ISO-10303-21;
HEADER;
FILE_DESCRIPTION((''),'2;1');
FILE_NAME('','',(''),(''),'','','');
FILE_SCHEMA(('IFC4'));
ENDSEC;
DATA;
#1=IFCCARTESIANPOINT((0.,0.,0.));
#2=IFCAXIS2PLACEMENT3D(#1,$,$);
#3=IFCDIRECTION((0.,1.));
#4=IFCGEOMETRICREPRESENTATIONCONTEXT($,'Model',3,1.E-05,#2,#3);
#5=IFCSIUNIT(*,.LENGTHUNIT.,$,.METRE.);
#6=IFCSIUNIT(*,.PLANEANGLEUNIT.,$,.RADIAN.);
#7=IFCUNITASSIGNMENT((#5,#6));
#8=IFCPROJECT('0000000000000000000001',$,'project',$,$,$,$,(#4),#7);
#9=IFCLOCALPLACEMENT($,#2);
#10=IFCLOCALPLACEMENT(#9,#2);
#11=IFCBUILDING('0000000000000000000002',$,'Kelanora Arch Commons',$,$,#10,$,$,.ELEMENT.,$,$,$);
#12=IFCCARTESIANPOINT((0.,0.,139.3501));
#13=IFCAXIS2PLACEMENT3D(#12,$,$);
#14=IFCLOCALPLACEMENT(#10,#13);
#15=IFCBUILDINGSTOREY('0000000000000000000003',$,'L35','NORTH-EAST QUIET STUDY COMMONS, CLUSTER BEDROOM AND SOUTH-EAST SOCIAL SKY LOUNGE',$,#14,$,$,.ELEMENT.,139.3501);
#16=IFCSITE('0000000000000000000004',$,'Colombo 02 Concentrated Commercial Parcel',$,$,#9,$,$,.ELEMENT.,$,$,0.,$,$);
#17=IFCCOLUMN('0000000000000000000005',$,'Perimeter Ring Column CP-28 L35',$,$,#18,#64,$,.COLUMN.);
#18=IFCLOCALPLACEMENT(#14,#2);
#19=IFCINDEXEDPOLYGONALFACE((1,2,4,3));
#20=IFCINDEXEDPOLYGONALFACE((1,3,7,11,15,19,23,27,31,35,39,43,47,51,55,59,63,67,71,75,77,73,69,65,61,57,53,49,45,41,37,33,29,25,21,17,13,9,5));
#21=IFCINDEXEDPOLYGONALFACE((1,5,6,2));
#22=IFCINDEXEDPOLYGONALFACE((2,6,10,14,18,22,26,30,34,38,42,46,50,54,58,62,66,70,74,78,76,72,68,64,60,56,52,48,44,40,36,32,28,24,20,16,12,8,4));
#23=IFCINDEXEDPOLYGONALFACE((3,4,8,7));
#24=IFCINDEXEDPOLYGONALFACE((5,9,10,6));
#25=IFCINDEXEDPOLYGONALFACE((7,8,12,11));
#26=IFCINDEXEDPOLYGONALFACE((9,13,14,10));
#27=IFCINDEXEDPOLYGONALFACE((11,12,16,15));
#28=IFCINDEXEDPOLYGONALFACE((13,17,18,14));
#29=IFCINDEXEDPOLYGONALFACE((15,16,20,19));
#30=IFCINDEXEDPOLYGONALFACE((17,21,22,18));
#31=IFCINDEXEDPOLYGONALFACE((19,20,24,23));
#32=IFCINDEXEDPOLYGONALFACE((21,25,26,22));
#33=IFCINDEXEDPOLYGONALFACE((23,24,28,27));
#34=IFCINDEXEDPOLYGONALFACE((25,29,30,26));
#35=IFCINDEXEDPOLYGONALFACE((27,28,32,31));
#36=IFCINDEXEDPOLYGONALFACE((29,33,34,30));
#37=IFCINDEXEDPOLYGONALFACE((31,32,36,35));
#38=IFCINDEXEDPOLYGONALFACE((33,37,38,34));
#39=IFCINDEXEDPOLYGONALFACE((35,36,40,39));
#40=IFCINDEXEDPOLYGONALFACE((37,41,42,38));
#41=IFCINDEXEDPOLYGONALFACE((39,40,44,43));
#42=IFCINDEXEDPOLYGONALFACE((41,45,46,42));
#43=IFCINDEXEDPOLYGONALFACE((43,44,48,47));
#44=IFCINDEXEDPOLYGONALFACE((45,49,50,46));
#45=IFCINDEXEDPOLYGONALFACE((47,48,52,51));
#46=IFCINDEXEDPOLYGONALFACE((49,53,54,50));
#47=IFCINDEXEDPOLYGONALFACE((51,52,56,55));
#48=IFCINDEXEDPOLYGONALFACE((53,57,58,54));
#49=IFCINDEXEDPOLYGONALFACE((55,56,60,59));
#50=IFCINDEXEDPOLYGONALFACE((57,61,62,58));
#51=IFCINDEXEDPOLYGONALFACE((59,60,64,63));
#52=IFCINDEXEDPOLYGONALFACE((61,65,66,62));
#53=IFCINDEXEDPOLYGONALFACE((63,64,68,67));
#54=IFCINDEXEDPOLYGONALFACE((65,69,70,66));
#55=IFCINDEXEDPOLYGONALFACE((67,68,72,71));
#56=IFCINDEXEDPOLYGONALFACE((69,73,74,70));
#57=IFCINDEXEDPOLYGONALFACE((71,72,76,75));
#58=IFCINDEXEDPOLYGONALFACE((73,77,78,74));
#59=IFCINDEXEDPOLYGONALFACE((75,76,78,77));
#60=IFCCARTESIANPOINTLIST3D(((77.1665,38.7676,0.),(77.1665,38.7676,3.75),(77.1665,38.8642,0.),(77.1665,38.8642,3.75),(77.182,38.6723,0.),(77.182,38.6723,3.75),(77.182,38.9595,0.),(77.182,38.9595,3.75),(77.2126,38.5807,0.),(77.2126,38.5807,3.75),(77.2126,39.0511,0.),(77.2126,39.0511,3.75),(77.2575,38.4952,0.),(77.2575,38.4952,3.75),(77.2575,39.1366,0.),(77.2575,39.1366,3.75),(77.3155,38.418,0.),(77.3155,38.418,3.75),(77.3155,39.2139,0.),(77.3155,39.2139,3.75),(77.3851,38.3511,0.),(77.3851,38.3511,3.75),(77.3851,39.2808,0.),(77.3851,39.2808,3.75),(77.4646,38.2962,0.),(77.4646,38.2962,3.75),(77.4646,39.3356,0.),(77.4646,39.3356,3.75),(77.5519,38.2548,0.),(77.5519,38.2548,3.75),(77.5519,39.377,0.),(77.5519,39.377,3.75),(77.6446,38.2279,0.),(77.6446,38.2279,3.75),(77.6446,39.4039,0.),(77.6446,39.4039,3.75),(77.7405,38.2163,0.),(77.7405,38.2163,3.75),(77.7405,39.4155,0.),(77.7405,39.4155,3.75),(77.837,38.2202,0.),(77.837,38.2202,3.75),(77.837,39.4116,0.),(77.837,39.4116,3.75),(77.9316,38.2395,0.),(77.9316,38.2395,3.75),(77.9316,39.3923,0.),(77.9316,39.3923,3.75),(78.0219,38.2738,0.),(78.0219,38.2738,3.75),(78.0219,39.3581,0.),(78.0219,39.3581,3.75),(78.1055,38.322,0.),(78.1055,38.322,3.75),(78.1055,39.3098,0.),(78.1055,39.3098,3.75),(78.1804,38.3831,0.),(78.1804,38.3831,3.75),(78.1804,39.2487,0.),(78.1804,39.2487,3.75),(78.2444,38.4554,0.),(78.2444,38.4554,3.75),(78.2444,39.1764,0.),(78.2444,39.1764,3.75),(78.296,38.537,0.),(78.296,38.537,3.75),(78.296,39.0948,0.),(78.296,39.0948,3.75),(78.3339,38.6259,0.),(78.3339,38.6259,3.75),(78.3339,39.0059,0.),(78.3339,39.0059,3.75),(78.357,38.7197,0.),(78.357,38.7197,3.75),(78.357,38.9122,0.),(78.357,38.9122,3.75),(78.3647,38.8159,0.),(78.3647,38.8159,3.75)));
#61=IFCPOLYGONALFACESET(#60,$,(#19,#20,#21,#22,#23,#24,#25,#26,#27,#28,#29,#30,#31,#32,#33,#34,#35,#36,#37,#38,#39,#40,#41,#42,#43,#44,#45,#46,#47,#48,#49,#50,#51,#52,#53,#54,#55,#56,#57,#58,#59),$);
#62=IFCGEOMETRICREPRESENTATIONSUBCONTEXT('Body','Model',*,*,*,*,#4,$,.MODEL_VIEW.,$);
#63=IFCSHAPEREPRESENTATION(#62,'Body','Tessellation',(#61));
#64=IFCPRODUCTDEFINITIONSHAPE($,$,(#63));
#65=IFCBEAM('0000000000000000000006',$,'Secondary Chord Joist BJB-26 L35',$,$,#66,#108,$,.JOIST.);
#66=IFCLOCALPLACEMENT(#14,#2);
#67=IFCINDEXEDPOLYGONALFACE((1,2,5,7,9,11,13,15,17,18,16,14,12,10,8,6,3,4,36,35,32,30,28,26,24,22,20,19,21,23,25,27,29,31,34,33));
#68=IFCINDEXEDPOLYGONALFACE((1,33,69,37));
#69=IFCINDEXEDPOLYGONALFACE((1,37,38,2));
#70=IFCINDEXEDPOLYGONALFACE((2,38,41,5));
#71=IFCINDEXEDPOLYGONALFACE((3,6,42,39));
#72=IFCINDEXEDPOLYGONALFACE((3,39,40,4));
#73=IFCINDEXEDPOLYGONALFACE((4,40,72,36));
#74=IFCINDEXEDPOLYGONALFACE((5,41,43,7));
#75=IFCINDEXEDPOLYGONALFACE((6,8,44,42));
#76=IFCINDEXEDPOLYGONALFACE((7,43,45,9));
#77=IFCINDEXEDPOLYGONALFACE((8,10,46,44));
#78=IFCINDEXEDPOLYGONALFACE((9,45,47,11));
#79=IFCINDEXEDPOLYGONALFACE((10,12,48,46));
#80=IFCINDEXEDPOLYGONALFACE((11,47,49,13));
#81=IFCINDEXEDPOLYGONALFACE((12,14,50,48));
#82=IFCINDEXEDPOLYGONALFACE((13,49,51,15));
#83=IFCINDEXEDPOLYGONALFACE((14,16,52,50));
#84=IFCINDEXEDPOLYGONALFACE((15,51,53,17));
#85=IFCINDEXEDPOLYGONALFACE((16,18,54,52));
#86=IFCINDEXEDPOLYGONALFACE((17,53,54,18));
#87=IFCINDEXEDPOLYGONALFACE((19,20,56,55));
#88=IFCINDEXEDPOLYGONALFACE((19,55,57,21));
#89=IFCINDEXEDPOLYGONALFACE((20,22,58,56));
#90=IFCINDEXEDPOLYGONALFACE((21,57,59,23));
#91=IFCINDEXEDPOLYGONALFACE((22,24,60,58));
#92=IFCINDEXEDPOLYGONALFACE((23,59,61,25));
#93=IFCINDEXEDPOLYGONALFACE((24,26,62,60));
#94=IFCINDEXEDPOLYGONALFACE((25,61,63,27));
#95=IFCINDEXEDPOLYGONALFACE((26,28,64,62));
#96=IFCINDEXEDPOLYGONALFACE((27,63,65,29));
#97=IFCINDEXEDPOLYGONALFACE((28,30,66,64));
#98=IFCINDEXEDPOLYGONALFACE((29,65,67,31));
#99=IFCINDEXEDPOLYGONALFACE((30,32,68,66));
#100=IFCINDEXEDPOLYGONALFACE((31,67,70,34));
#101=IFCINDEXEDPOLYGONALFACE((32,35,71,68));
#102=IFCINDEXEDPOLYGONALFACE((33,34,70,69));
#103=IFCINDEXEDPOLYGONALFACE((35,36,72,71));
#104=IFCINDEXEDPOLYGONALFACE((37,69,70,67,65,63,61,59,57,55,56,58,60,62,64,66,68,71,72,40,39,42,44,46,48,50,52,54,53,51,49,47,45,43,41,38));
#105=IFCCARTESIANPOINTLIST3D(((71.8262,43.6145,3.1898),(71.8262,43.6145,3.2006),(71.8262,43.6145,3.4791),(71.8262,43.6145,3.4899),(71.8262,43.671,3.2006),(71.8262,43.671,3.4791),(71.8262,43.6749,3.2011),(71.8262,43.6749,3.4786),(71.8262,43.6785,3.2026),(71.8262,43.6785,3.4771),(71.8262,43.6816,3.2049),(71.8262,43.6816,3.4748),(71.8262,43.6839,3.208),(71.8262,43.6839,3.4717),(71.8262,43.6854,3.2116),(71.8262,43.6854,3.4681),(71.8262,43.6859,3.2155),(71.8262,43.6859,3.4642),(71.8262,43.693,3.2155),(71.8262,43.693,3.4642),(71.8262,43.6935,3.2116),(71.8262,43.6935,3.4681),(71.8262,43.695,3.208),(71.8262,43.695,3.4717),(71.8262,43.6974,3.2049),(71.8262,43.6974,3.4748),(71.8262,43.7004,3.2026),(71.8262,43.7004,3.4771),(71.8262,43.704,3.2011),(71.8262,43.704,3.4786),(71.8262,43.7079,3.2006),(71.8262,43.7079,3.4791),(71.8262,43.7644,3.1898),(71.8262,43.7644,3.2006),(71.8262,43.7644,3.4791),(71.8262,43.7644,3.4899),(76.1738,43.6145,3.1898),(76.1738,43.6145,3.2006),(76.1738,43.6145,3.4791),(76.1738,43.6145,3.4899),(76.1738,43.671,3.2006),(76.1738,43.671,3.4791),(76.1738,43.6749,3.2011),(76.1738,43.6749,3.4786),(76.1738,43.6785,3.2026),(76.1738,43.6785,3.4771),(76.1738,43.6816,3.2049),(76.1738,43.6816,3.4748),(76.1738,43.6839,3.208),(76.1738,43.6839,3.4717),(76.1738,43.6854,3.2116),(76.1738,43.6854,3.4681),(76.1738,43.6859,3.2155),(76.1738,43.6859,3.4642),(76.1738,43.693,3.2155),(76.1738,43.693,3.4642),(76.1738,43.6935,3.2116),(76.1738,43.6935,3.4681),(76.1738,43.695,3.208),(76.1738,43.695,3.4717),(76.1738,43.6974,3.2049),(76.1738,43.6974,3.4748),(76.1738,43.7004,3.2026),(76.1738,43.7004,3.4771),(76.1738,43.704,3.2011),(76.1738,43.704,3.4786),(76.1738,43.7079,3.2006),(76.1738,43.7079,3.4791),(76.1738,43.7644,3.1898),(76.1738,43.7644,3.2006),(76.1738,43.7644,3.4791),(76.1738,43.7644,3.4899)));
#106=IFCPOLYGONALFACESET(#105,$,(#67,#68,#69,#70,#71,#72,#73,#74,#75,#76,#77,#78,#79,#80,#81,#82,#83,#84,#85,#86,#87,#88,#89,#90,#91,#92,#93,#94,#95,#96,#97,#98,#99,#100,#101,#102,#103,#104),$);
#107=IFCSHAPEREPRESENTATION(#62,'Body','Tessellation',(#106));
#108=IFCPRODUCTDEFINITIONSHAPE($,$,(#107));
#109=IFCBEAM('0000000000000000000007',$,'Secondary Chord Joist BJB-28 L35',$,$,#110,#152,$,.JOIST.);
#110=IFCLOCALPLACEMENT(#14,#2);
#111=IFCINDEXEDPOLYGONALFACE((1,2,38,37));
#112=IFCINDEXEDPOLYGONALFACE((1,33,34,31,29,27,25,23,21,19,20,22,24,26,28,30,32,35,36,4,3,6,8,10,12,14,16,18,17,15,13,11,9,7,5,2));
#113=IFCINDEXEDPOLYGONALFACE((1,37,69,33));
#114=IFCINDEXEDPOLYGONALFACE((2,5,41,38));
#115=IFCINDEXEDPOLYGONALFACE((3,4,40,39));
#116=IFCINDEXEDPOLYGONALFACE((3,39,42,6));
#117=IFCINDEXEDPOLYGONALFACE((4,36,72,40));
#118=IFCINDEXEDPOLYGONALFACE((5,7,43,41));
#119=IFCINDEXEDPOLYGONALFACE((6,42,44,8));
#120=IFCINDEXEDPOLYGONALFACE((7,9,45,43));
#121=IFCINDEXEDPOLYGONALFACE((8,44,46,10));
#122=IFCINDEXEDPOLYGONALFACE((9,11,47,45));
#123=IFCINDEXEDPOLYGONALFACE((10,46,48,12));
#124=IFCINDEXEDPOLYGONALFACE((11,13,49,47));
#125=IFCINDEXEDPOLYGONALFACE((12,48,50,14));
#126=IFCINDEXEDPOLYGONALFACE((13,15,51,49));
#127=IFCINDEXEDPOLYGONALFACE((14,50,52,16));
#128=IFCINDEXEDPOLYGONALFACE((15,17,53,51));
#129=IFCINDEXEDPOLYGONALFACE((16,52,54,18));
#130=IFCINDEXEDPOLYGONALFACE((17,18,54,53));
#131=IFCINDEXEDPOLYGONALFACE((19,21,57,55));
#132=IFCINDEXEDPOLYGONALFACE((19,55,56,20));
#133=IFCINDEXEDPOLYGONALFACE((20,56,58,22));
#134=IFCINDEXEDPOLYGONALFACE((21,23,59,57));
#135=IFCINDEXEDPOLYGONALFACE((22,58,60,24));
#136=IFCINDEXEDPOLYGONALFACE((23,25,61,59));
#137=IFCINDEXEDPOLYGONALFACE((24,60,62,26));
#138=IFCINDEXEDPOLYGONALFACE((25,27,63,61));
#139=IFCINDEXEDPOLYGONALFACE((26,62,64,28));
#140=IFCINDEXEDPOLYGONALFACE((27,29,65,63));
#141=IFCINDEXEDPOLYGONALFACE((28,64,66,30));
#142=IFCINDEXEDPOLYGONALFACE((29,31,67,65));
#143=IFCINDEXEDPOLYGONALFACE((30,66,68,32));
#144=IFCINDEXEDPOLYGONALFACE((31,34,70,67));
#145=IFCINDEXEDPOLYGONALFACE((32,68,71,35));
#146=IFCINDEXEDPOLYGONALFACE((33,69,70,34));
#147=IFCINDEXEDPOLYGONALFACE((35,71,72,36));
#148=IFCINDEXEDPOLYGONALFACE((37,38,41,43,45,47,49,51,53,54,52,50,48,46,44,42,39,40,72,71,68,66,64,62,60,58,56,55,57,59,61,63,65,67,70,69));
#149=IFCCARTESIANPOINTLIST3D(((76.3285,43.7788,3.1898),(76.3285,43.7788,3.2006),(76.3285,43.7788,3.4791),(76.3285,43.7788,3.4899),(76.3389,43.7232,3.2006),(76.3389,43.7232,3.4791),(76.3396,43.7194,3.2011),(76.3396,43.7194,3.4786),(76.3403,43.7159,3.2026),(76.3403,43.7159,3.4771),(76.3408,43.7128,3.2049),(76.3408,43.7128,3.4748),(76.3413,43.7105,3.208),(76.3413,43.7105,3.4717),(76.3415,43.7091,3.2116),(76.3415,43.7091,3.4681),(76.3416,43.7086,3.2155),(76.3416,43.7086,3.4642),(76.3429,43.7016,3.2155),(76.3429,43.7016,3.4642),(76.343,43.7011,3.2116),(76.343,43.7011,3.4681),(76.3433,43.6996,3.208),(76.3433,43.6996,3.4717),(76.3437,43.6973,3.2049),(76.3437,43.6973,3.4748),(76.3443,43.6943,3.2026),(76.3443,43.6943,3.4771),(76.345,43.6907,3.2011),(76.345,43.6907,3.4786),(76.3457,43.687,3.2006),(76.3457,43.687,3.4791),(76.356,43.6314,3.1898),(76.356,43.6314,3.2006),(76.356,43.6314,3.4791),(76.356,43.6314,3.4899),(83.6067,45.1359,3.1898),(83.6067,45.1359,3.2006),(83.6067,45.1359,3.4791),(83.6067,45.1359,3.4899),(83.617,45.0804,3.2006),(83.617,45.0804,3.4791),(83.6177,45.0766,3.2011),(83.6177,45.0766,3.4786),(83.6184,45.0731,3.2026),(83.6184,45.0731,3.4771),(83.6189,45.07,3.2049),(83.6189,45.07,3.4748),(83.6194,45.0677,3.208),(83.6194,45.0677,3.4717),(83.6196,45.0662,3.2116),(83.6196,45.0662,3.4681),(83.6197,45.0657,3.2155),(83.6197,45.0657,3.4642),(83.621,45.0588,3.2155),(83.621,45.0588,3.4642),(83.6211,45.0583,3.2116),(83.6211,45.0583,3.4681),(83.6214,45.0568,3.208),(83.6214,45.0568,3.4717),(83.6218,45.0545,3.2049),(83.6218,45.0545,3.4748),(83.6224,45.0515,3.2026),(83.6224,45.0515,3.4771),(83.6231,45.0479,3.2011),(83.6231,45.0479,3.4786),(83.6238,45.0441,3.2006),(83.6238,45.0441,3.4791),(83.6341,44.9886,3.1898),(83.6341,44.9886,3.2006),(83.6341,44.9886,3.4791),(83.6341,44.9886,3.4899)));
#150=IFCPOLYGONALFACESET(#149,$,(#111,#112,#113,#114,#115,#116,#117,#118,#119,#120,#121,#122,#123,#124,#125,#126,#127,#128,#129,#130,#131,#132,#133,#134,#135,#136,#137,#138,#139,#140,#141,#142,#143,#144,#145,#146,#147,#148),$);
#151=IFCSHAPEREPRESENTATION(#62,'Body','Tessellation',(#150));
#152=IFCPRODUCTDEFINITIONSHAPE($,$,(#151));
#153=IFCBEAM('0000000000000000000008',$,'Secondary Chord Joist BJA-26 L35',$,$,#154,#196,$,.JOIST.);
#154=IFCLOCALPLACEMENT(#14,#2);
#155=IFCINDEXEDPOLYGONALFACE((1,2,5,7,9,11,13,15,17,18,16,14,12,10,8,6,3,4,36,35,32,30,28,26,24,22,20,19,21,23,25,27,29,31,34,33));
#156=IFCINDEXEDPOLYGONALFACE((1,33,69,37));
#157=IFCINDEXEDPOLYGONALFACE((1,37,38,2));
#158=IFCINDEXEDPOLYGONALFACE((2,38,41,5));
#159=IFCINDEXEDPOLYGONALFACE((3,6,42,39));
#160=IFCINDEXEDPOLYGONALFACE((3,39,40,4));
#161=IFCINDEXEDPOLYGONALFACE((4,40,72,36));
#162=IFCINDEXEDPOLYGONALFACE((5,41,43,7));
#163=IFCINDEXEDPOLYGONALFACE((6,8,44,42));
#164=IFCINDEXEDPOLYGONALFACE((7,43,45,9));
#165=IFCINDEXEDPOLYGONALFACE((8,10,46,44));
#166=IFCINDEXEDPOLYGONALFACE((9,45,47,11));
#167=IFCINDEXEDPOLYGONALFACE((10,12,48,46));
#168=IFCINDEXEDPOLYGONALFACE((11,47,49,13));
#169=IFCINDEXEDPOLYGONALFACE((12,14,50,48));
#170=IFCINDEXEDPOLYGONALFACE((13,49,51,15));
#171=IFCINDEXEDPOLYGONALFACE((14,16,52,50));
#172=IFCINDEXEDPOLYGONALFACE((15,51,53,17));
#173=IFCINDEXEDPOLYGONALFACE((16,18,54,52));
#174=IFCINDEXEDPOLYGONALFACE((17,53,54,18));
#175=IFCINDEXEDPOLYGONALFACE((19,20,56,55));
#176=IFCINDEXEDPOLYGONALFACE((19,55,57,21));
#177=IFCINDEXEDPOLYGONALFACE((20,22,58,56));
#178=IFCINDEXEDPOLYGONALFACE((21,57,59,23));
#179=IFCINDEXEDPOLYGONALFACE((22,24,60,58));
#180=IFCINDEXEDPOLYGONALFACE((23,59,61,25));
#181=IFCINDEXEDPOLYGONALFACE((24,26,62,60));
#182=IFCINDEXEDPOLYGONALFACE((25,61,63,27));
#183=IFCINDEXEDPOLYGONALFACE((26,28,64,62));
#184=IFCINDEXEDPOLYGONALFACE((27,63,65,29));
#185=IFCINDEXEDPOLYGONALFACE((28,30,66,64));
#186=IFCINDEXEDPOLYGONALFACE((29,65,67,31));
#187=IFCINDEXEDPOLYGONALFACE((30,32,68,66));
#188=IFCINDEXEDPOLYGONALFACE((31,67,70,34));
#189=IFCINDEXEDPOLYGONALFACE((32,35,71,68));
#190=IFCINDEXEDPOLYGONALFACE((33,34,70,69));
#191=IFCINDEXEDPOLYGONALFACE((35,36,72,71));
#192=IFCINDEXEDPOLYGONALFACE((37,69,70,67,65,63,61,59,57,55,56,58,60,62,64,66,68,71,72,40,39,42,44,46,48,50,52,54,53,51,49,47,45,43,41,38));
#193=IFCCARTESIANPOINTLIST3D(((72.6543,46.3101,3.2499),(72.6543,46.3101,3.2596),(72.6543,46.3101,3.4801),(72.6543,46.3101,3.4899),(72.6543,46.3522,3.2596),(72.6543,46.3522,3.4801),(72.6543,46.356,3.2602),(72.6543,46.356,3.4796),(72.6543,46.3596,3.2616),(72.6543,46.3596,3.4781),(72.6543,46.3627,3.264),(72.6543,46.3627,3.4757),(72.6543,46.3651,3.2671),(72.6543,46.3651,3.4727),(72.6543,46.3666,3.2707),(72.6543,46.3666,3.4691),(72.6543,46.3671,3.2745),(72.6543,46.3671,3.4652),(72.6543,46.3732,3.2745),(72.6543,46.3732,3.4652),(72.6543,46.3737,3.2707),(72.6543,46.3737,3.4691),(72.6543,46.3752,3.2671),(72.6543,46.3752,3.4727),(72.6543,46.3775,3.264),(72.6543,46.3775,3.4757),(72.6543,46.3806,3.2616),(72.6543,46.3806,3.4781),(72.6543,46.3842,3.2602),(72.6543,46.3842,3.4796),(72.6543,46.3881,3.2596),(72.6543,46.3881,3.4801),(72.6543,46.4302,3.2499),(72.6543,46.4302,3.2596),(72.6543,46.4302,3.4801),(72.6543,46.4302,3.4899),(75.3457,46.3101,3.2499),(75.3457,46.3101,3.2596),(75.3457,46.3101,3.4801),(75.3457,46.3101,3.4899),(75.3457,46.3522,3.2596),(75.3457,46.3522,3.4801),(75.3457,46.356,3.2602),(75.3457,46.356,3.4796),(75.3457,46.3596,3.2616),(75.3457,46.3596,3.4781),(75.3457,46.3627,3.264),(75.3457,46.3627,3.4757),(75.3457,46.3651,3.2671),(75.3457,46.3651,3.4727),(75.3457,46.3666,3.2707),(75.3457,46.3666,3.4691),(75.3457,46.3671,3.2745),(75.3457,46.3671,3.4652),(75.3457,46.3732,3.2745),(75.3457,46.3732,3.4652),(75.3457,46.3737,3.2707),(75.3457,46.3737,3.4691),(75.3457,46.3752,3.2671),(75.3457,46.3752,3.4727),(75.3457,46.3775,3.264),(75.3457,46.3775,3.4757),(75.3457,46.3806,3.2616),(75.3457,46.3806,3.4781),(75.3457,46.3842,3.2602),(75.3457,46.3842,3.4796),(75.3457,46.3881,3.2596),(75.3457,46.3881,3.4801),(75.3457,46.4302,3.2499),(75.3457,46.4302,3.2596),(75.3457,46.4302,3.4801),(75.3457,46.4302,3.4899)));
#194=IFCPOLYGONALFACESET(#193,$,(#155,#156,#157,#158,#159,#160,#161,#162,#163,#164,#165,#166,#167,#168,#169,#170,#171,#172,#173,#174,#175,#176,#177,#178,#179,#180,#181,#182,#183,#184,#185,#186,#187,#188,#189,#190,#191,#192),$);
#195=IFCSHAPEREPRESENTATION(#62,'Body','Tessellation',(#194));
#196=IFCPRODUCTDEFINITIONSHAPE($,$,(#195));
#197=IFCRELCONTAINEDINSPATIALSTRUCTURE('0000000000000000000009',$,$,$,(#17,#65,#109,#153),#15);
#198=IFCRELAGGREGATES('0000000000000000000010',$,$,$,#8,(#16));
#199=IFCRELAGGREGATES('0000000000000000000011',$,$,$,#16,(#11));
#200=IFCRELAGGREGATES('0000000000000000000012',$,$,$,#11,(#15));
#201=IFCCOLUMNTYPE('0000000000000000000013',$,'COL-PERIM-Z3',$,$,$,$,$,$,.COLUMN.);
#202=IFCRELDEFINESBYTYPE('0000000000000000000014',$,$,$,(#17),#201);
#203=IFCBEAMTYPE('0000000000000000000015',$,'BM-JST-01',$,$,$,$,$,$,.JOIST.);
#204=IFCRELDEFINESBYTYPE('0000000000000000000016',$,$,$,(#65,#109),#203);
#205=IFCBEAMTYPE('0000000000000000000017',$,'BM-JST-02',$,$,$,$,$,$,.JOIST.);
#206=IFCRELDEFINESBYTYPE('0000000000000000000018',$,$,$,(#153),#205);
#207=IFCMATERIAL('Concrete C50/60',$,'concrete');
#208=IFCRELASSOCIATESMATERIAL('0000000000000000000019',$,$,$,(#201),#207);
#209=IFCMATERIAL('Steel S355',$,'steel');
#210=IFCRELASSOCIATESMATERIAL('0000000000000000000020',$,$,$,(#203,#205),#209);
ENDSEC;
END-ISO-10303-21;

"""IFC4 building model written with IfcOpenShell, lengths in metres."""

from ifc_helpers import new_model, si_unit, direction, frame, origin, origin_2d, place, context, subcontext, project, spatial, circle, i_section, extrude, material, material_profile, profile_set, type_object, element, save


model = new_model("IFC4")

# Units and contexts
model_context = context("Model", 3, precision=1e-05, world=origin(), true_north=direction((0.0, 1.0)))
body_context = subcontext(model_context, "Body", "Model", "MODEL_VIEW")
ifc_project = project(units=[si_unit("LENGTHUNIT", "METRE"), si_unit("PLANEANGLEUNIT", "RADIAN")], contexts=[model_context])

# Site, building, storey
site_placement = place(None, origin())
site = spatial("IfcSite", under=ifc_project, at=site_placement, Name="Colombo 02 Concentrated Commercial Parcel", CompositionType="ELEMENT", RefElevation=0.0)
building_placement = place(site_placement, origin())
building = spatial("IfcBuilding", under=site, at=building_placement, Name="Kelanora Arch Commons", CompositionType="ELEMENT")
storey_placement = place(building_placement, frame((0.0, 0.0, 139.3501)))
storey = spatial("IfcBuildingStorey", under=building, at=storey_placement, Name="L35", Description="NORTH-EAST QUIET STUDY COMMONS, CLUSTER BEDROOM AND SOUTH-EAST SOCIAL SKY LOUNGE", CompositionType="ELEMENT", Elevation=139.3501)

# Column
ifc_material_1 = material(Name="Concrete C50/60", Category="concrete")
ifc_material_profile_1 = material_profile(ifc_material_1, circle(Radius=0.6001, at=origin_2d()), Name="RCC1200")
ifc_profile_set_1 = profile_set([ifc_material_profile_1], Name="Concrete C50/60")
column_type = type_object("IfcColumnType", Name="COL-PERIM-Z3", PredefinedType="COLUMN", material=ifc_profile_set_1)
column_placement = place(storey_placement, frame((77.7646, 38.8159, 0.0), z_axis=(0.0, 0.0, 1.0), x_axis=(1.0, 0.0, 0.0)))
element("IfcColumn", 1, at=column_placement, inside=storey, type_object=column_type, Name="Perimeter Ring Column CP-28 L35", PredefinedType="COLUMN", context=body_context, shape_type="SweptSolid", body=[
    extrude(circle(Radius=0.6001, at=origin_2d()), origin(), (0.0, 0.0, 1.0), 3.75),
])

# Beams
ifc_material_2 = material(Name="Steel S355", Category="steel")
ifc_material_profile_2 = material_profile(ifc_material_2, i_section(OverallWidth=0.1499, OverallDepth=0.3, WebThickness=0.0071, FlangeThickness=0.0107, FilletRadius=0.0149, at=origin_2d()), Name="IPE300")
ifc_profile_set_2 = profile_set([ifc_material_profile_2], Name="Steel S355")
beam_type_1 = type_object("IfcBeamType", Name="BM-JST-01", PredefinedType="JOIST", material=ifc_profile_set_2)
beam_1_placement = place(storey_placement, frame((71.8262, 43.6895, 3.3398), z_axis=(1.0, 0.0, 0.0), x_axis=(0.0, 1.0, 0.0)))
element("IfcBeam", 2, at=beam_1_placement, inside=storey, type_object=beam_type_1, Name="Secondary Chord Joist BJB-26 L35", PredefinedType="JOIST", context=body_context, shape_type="SweptSolid", body=[
    extrude(i_section(OverallWidth=0.1499, OverallDepth=0.3, WebThickness=0.0071, FlangeThickness=0.0107, FilletRadius=0.0149, at=origin_2d()), origin(), (0.0, 0.0, 1.0), 4.3477),
])
beam_2_placement = place(storey_placement, frame((76.3423, 43.7051, 3.3398), z_axis=(0.983054, 0.183315, 0.0), x_axis=(-0.183315, 0.983054, 0.0)))
element("IfcBeam", 3, at=beam_2_placement, inside=storey, type_object=beam_type_1, Name="Secondary Chord Joist BJB-28 L35", PredefinedType="JOIST", context=body_context, shape_type="SweptSolid", body=[
    extrude(i_section(OverallWidth=0.1499, OverallDepth=0.3, WebThickness=0.0071, FlangeThickness=0.0107, FilletRadius=0.0149, at=origin_2d()), origin(), (0.0, 0.0, 1.0), 7.4036),
])
ifc_material_profile_3 = material_profile(ifc_material_2, i_section(OverallWidth=0.1201, OverallDepth=0.24, WebThickness=0.0061, FlangeThickness=0.0098, FilletRadius=0.0149, at=origin_2d()), Name="IPE240")
ifc_profile_set_3 = profile_set([ifc_material_profile_3], Name="Steel S355")
beam_type_2 = type_object("IfcBeamType", Name="BM-JST-02", PredefinedType="JOIST", material=ifc_profile_set_3)
beam_3_placement = place(storey_placement, frame((72.6543, 46.3701, 3.3699), z_axis=(1.0, 0.0, 0.0), x_axis=(0.0, 1.0, 0.0)))
element("IfcBeam", 4, at=beam_3_placement, inside=storey, type_object=beam_type_2, Name="Secondary Chord Joist BJA-26 L35", PredefinedType="JOIST", context=body_context, shape_type="SweptSolid", body=[
    extrude(i_section(OverallWidth=0.1201, OverallDepth=0.24, WebThickness=0.0061, FlangeThickness=0.0098, FilletRadius=0.0149, at=origin_2d()), origin(), (0.0, 0.0, 1.0), 2.6914),
])

save(model, "model.ifc")
